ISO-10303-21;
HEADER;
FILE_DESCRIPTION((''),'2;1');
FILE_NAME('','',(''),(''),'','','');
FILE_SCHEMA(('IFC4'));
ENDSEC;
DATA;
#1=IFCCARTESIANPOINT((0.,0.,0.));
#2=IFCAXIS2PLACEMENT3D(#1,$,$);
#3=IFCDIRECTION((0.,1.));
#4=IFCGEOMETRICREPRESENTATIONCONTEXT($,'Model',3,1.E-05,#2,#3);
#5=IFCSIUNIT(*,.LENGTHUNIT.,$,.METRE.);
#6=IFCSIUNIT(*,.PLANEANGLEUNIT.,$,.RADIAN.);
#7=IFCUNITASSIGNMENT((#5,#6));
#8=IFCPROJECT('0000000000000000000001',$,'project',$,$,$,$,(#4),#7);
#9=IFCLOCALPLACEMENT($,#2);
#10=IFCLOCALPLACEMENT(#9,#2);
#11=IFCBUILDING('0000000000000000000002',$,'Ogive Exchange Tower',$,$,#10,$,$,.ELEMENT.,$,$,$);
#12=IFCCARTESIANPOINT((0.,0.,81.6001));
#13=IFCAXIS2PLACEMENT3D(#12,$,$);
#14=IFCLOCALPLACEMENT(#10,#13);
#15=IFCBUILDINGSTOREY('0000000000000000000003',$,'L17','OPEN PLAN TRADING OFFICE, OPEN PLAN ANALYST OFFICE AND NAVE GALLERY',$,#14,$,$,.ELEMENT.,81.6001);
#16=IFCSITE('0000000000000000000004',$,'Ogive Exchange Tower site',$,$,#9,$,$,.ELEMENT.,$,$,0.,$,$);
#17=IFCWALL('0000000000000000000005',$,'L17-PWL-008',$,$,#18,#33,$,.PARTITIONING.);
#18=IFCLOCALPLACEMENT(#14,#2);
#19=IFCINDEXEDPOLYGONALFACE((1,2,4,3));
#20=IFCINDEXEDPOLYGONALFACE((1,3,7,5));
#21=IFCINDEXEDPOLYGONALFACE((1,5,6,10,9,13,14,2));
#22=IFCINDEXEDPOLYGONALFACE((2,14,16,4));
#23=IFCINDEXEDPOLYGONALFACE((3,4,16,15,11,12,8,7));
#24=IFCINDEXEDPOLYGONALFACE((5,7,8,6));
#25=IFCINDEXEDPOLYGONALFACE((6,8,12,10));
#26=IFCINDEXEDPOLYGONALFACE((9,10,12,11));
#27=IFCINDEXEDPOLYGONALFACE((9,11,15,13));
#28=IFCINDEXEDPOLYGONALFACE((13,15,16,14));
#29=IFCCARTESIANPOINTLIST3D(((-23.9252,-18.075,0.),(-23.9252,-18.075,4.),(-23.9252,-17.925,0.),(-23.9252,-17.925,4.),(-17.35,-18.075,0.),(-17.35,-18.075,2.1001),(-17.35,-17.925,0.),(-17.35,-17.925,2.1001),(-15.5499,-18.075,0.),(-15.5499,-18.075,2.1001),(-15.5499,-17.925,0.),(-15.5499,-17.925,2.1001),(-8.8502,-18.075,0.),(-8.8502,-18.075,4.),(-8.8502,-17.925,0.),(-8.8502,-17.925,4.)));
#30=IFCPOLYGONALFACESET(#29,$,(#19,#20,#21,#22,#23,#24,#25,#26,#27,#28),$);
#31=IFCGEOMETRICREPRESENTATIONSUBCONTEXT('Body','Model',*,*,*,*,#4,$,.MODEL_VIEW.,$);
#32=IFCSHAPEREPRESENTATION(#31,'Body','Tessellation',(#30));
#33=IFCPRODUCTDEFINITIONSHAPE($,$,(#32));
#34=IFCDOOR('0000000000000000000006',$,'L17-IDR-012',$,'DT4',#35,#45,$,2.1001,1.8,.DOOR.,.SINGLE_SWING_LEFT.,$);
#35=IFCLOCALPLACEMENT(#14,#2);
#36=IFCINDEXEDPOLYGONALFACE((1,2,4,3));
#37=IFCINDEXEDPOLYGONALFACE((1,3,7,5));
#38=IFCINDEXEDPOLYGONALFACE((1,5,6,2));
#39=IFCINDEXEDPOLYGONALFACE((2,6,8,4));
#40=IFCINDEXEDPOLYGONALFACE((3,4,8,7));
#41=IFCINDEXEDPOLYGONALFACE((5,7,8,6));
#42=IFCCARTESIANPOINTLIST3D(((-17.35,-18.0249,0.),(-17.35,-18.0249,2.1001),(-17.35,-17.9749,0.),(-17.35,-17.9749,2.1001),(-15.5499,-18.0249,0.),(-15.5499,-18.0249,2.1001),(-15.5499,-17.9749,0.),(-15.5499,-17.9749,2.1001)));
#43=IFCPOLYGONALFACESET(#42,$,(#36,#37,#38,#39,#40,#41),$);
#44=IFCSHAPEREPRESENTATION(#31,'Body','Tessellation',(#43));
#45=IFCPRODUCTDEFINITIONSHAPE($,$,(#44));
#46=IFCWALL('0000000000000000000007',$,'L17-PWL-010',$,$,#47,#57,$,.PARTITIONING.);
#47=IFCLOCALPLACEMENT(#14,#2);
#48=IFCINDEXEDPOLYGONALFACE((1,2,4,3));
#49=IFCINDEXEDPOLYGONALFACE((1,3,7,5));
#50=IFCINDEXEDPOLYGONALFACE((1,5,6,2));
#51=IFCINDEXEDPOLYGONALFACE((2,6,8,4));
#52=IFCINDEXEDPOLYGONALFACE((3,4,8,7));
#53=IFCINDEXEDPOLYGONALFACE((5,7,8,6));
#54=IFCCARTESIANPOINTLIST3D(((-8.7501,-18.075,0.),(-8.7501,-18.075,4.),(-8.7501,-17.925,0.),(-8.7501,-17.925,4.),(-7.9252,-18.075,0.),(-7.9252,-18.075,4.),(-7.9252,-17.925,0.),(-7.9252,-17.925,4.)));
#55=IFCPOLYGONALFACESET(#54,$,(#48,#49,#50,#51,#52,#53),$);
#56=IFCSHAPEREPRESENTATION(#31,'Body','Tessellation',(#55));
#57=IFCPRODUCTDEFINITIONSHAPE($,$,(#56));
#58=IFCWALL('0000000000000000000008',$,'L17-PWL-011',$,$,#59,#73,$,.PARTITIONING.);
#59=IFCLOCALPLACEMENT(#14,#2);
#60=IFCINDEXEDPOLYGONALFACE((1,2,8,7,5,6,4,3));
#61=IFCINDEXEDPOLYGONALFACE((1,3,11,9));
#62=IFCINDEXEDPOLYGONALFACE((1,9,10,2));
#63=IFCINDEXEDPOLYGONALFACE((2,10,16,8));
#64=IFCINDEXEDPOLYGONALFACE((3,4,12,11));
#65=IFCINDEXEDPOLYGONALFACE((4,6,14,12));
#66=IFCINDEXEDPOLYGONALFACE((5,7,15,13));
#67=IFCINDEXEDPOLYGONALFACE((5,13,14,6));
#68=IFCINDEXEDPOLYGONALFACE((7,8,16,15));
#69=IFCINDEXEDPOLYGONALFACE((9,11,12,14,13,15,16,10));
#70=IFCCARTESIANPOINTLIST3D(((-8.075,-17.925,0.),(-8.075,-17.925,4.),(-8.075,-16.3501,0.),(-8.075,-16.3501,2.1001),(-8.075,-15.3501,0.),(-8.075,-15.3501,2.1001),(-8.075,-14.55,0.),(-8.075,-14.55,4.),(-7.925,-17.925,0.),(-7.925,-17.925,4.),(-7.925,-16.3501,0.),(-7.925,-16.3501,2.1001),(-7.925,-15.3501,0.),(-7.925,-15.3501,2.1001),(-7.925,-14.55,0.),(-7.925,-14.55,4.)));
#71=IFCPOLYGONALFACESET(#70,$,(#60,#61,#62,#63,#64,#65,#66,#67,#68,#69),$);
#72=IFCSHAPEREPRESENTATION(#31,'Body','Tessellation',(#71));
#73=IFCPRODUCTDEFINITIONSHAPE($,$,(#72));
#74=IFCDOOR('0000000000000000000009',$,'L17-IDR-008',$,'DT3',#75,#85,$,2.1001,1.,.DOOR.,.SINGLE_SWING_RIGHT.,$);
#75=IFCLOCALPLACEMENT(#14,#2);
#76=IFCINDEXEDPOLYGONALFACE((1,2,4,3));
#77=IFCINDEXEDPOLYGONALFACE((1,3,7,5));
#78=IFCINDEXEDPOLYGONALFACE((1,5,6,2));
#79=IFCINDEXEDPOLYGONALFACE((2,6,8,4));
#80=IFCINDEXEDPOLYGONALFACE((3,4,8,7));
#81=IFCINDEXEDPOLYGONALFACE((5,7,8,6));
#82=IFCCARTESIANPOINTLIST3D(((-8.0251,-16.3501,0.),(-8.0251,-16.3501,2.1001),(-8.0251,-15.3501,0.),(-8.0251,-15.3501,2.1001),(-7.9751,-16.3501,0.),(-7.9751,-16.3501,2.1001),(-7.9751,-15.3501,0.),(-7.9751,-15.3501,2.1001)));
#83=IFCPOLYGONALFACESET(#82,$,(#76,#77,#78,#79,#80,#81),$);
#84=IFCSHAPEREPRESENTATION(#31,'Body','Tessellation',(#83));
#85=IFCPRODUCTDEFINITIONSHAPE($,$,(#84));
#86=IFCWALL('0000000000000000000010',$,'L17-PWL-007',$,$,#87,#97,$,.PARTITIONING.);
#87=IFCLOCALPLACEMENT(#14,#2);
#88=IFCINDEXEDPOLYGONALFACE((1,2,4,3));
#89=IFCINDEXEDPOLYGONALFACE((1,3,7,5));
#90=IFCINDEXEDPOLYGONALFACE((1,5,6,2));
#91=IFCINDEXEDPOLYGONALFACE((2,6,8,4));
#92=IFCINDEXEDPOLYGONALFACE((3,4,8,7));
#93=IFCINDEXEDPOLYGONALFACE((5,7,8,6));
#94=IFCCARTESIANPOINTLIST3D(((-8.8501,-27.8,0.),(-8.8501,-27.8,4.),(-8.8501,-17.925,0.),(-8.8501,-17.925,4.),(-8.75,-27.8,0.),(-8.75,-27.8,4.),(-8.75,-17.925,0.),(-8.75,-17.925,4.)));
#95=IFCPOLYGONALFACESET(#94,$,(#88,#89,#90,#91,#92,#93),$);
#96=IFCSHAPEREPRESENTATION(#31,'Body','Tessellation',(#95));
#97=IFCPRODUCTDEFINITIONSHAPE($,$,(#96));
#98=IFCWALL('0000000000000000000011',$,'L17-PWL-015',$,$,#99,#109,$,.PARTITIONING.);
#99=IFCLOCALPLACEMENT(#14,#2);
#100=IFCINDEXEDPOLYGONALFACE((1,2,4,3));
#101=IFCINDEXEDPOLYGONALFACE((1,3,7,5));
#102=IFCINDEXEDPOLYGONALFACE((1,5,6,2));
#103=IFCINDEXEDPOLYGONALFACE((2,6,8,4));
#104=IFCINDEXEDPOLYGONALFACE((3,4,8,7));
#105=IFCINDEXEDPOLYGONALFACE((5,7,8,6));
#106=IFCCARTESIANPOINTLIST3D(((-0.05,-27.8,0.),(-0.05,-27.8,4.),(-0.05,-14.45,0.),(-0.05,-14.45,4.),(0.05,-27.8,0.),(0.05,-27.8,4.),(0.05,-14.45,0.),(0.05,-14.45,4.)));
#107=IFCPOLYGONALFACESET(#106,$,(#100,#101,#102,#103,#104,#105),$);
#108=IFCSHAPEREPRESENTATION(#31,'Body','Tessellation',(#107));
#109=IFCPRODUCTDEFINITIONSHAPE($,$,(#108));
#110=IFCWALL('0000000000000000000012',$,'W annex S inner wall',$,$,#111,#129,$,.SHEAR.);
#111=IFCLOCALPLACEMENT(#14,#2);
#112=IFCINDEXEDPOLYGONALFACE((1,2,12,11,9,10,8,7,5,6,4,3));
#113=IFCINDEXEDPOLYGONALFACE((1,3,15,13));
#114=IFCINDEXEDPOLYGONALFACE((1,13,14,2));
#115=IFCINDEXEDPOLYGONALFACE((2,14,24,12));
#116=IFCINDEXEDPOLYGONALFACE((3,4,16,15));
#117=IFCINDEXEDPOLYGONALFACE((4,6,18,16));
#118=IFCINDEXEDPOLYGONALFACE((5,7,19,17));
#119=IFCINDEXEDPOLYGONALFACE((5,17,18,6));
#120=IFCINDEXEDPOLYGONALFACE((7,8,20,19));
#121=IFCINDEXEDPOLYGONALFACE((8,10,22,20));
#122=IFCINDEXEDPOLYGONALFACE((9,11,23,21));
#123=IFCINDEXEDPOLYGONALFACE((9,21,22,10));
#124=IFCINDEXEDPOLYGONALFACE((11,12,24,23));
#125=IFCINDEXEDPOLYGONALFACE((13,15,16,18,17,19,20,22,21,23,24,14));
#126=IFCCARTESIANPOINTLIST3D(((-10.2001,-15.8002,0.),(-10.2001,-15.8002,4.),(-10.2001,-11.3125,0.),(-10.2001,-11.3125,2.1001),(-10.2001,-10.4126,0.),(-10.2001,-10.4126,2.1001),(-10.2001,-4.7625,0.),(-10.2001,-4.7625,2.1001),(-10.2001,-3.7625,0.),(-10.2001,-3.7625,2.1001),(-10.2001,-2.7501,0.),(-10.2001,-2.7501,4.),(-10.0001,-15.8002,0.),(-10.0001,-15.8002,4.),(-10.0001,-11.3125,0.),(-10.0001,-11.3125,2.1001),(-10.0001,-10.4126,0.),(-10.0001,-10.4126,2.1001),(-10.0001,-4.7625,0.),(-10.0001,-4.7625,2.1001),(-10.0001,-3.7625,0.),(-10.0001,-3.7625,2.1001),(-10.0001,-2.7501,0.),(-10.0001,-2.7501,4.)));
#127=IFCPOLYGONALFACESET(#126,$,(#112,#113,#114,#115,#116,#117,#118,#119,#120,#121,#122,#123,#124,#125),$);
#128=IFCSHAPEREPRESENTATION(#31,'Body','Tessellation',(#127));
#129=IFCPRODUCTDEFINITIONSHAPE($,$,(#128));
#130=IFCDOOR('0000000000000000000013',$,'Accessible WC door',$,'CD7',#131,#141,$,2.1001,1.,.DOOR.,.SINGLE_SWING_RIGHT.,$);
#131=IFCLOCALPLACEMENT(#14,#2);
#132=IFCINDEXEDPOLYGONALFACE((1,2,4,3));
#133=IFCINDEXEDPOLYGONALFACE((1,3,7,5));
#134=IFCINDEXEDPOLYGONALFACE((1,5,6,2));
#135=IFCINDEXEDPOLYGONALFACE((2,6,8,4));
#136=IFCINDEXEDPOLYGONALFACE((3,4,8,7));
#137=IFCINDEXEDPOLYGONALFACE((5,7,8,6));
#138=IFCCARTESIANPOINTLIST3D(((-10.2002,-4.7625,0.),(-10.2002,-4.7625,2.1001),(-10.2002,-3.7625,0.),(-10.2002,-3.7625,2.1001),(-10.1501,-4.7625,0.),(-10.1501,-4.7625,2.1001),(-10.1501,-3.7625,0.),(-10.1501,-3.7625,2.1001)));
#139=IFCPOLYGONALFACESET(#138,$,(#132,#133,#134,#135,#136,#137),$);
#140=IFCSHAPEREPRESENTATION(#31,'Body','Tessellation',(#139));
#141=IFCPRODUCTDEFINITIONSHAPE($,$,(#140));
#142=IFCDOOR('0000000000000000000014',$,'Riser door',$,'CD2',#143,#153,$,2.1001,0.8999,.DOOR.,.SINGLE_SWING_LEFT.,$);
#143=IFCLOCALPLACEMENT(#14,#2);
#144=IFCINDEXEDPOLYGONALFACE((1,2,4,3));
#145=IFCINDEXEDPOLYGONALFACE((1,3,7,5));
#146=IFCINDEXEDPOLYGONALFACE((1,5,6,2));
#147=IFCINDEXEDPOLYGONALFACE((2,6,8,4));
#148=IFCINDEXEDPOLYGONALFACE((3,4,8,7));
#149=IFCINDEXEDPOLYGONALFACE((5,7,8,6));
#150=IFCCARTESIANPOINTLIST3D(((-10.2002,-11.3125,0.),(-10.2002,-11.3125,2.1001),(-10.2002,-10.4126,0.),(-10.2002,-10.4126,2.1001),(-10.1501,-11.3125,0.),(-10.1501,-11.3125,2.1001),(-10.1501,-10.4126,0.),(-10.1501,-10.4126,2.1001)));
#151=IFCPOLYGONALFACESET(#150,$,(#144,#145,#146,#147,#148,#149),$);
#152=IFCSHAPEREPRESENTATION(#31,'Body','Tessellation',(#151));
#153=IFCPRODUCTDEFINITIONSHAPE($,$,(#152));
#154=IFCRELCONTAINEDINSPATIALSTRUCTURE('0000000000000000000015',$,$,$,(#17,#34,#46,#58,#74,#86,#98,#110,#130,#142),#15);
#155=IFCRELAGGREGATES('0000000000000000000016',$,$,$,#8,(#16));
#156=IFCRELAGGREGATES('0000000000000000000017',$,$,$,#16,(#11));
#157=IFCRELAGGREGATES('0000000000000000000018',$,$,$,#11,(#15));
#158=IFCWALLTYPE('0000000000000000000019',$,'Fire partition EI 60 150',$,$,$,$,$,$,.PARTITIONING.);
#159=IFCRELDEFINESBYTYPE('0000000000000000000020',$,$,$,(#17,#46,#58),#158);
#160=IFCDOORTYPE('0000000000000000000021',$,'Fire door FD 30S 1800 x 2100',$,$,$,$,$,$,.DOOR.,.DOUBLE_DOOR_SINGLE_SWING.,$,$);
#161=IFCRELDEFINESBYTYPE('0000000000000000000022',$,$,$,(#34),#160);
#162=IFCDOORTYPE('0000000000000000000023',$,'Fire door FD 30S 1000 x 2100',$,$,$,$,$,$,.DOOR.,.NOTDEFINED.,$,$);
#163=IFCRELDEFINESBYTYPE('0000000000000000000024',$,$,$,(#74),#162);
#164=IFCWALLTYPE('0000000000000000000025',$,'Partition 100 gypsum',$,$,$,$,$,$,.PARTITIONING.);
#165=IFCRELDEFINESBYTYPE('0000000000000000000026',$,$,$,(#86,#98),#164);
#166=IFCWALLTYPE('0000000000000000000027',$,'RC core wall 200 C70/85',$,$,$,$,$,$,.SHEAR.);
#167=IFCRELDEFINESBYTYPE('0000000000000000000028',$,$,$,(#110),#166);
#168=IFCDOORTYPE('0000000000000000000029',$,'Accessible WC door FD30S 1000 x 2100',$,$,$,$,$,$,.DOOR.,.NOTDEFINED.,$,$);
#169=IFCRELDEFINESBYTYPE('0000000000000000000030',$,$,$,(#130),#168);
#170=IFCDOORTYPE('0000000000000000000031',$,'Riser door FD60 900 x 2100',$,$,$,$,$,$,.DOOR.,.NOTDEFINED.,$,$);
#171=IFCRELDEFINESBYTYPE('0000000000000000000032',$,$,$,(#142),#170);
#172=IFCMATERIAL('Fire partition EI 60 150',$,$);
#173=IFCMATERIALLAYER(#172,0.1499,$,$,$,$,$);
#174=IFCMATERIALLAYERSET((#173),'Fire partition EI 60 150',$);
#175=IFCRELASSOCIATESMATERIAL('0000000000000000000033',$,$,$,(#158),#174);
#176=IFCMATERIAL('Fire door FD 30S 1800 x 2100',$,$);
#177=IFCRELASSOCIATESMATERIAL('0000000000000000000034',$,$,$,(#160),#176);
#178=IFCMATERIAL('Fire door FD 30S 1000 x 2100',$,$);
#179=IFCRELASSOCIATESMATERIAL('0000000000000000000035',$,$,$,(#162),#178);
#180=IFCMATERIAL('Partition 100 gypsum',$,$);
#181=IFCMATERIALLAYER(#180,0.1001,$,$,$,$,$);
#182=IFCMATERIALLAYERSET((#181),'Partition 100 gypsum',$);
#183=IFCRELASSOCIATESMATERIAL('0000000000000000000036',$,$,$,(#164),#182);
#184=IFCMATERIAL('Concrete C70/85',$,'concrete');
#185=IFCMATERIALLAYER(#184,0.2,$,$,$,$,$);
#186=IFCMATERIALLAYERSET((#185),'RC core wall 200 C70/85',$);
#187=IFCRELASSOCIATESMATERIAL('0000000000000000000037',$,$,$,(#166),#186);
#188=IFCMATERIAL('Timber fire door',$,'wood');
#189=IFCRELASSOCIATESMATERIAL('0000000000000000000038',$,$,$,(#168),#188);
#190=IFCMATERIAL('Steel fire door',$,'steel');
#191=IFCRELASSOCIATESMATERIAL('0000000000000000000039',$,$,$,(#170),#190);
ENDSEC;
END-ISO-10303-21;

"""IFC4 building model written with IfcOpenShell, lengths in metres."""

from ifc_helpers import new_model, si_unit, direction, frame, frame_2d, origin, place, context, subcontext, project, spatial, rectangle, extrude, material, layer, layer_set, type_object, element, fill, save


model = new_model("IFC4")

# Units and contexts
model_context = context("Model", 3, precision=1e-05, world=origin(), true_north=direction((0.0, 1.0)))
body_context = subcontext(model_context, "Body", "Model", "MODEL_VIEW")
ifc_project = project(units=[si_unit("LENGTHUNIT", "METRE"), si_unit("PLANEANGLEUNIT", "RADIAN")], contexts=[model_context])

# Site, building, storey
site_placement = place(None, origin())
site = spatial("IfcSite", under=ifc_project, at=site_placement, Name="Ogive Exchange Tower site", CompositionType="ELEMENT", RefElevation=0.0)
building_placement = place(site_placement, origin())
building = spatial("IfcBuilding", under=site, at=building_placement, Name="Ogive Exchange Tower", CompositionType="ELEMENT")
storey_placement = place(building_placement, frame((0.0, 0.0, 81.6001)))
storey = spatial("IfcBuildingStorey", under=building, at=storey_placement, Name="L17", Description="OPEN PLAN TRADING OFFICE, OPEN PLAN ANALYST OFFICE AND NAVE GALLERY", CompositionType="ELEMENT", Elevation=81.6001)

# Wall, opening, door
ifc_material_1 = material(Name="Fire partition EI 60 150")
ifc_layer_1 = layer(ifc_material_1, 0.1499)
ifc_layer_set_1 = layer_set([ifc_layer_1], Name="Fire partition EI 60 150")
wall_type_1 = type_object("IfcWallType", Name="Fire partition EI 60 150", PredefinedType="PARTITIONING", material=ifc_layer_set_1)
wall_1_placement = place(storey_placement, frame((-8.8501, -18.0, 0.0), z_axis=(0.0, 0.0, 1.0), x_axis=(-1.0, 0.0, 0.0)))
wall_1 = element("IfcWall", 1, at=wall_1_placement, inside=storey, type_object=wall_type_1, Name="L17-PWL-008", PredefinedType="PARTITIONING", context=body_context, shape_type="SweptSolid", body=[
    extrude(rectangle(XDim=15.075, YDim=0.1499, at=frame_2d((7.5376, 0.0))), origin(), (0.0, 0.0, 1.0), 4.0),
])
opening_1_placement = place(wall_1_placement, frame((6.7, 0.0, 0.0)))
opening_1 = element("IfcOpeningElement", 2, at=opening_1_placement, cuts=wall_1, PredefinedType="OPENING", context=body_context, shape_type="SweptSolid", body=[
    extrude(rectangle(XDim=1.8, YDim=2.1001, at=frame_2d((0.8999, 1.05))), frame((0.0, 0.085, 0.0), z_axis=(0.0, -1.0, 0.0), x_axis=(1.0, 0.0, 0.0)), (0.0, 0.0, 1.0), 0.1699),
])
ifc_material_2 = material(Name="Fire door FD 30S 1800 x 2100")
door_type_1 = type_object("IfcDoorType", Name="Fire door FD 30S 1800 x 2100", OperationType="DOUBLE_DOOR_SINGLE_SWING", PredefinedType="DOOR", material=ifc_material_2)
door_1_placement = place(opening_1_placement, origin())
door_1 = element("IfcDoor", 3, at=door_1_placement, inside=storey, type_object=door_type_1, Name="L17-IDR-012", ObjectType="DT4", OperationType="SINGLE_SWING_LEFT", OverallHeight=2.1001, OverallWidth=1.8, PredefinedType="DOOR", context=body_context, shape_type="SweptSolid", body=[
    extrude(rectangle(XDim=1.8, YDim=2.1001, at=frame_2d((0.8999, 1.05))), frame((0.0, 0.0249, 0.0), z_axis=(0.0, -1.0, 0.0), x_axis=(1.0, 0.0, 0.0)), (0.0, 0.0, 1.0), 0.05),
])
fill(opening_1, door_1)

# Wall
wall_2_placement = place(storey_placement, frame((-7.925, -18.0, 0.0), z_axis=(0.0, 0.0, 1.0), x_axis=(-1.0, 0.0, 0.0)))
element("IfcWall", 4, at=wall_2_placement, inside=storey, type_object=wall_type_1, Name="L17-PWL-010", PredefinedType="PARTITIONING", context=body_context, shape_type="SweptSolid", body=[
    extrude(rectangle(XDim=0.825, YDim=0.1499, at=frame_2d((0.4126, 0.0))), origin(), (0.0, 0.0, 1.0), 4.0),
])

# Wall, opening, door
wall_3_placement = place(storey_placement, frame((-8.0, -14.55, 0.0), z_axis=(0.0, 0.0, 1.0), x_axis=(0.0, -1.0, 0.0)))
wall_3 = element("IfcWall", 5, at=wall_3_placement, inside=storey, type_object=wall_type_1, Name="L17-PWL-011", PredefinedType="PARTITIONING", context=body_context, shape_type="SweptSolid", body=[
    extrude(rectangle(XDim=3.375, YDim=0.1499, at=frame_2d((1.6875, 0.0))), origin(), (0.0, 0.0, 1.0), 4.0),
])
opening_2_placement = place(wall_3_placement, frame((0.8, 0.0, 0.0)))
opening_2 = element("IfcOpeningElement", 6, at=opening_2_placement, cuts=wall_3, PredefinedType="OPENING", context=body_context, shape_type="SweptSolid", body=[
    extrude(rectangle(XDim=1.0, YDim=2.1001, at=frame_2d((0.5, 1.05))), frame((0.0, 0.085, 0.0), z_axis=(0.0, -1.0, 0.0), x_axis=(1.0, 0.0, 0.0)), (0.0, 0.0, 1.0), 0.1699),
])
ifc_material_3 = material(Name="Fire door FD 30S 1000 x 2100")
door_type_2 = type_object("IfcDoorType", Name="Fire door FD 30S 1000 x 2100", OperationType="NOTDEFINED", PredefinedType="DOOR", material=ifc_material_3)
door_2_placement = place(opening_2_placement, origin())
door_2 = element("IfcDoor", 7, at=door_2_placement, inside=storey, type_object=door_type_2, Name="L17-IDR-008", ObjectType="DT3", OperationType="SINGLE_SWING_RIGHT", OverallHeight=2.1001, OverallWidth=1.0, PredefinedType="DOOR", context=body_context, shape_type="SweptSolid", body=[
    extrude(rectangle(XDim=1.0, YDim=2.1001, at=frame_2d((0.5, 1.05))), frame((0.0, 0.0249, 0.0), z_axis=(0.0, -1.0, 0.0), x_axis=(1.0, 0.0, 0.0)), (0.0, 0.0, 1.0), 0.05),
])
fill(opening_2, door_2)

# Walls
ifc_material_4 = material(Name="Partition 100 gypsum")
ifc_layer_2 = layer(ifc_material_4, 0.1001)
ifc_layer_set_2 = layer_set([ifc_layer_2], Name="Partition 100 gypsum")
wall_type_2 = type_object("IfcWallType", Name="Partition 100 gypsum", PredefinedType="PARTITIONING", material=ifc_layer_set_2)
wall_4_placement = place(storey_placement, frame((-8.8, -27.8, 0.0), z_axis=(0.0, 0.0, 1.0), x_axis=(0.0, 1.0, 0.0)))
element("IfcWall", 8, at=wall_4_placement, inside=storey, type_object=wall_type_2, Name="L17-PWL-007", PredefinedType="PARTITIONING", context=body_context, shape_type="SweptSolid", body=[
    extrude(rectangle(XDim=9.875, YDim=0.1001, at=frame_2d((4.9375, 0.0))), origin(), (0.0, 0.0, 1.0), 4.0),
])
wall_5_placement = place(storey_placement, frame((0.0, -27.8, 0.0), z_axis=(0.0, 0.0, 1.0), x_axis=(0.0, 1.0, 0.0)))
element("IfcWall", 9, at=wall_5_placement, inside=storey, type_object=wall_type_2, Name="L17-PWL-015", PredefinedType="PARTITIONING", context=body_context, shape_type="SweptSolid", body=[
    extrude(rectangle(XDim=13.3501, YDim=0.1001, at=frame_2d((6.675, 0.0))), origin(), (0.0, 0.0, 1.0), 4.0),
])

# Wall, openings, doors
ifc_material_5 = material(Name="Concrete C70/85", Category="concrete")
ifc_layer_3 = layer(ifc_material_5, 0.2)
ifc_layer_set_3 = layer_set([ifc_layer_3], Name="RC core wall 200 C70/85")
wall_type_3 = type_object("IfcWallType", Name="RC core wall 200 C70/85", PredefinedType="SHEAR", material=ifc_layer_set_3)
wall_6_placement = place(storey_placement, frame((-10.1001, -15.8, 0.0), z_axis=(0.0, 0.0, 1.0), x_axis=(0.0, 1.0, 0.0)))
wall_6 = element("IfcWall", 10, at=wall_6_placement, inside=storey, type_object=wall_type_3, Name="W annex S inner wall", PredefinedType="SHEAR", context=body_context, shape_type="SweptSolid", body=[
    extrude(rectangle(XDim=13.05, YDim=0.2, at=frame_2d((6.5249, 0.0))), origin(), (0.0, 0.0, 1.0), 4.0),
])
opening_3_placement = place(wall_6_placement, frame((4.4875, 0.0, 0.0)))
opening_3 = element("IfcOpeningElement", 11, at=opening_3_placement, cuts=wall_6, PredefinedType="OPENING", context=body_context, shape_type="SweptSolid", body=[
    extrude(rectangle(XDim=0.8999, YDim=2.1001, at=frame_2d((0.45, 1.05))), frame((0.0, 0.1099, 0.0), z_axis=(0.0, -1.0, 0.0), x_axis=(1.0, 0.0, 0.0)), (0.0, 0.0, 1.0), 0.22),
])
opening_4_placement = place(wall_6_placement, frame((11.0376, 0.0, 0.0)))
opening_4 = element("IfcOpeningElement", 12, at=opening_4_placement, cuts=wall_6, PredefinedType="OPENING", context=body_context, shape_type="SweptSolid", body=[
    extrude(rectangle(XDim=1.0, YDim=2.1001, at=frame_2d((0.5, 1.05))), frame((0.0, 0.1099, 0.0), z_axis=(0.0, -1.0, 0.0), x_axis=(1.0, 0.0, 0.0)), (0.0, 0.0, 1.0), 0.22),
])
ifc_material_6 = material(Name="Timber fire door", Category="wood")
door_type_3 = type_object("IfcDoorType", Name="Accessible WC door FD30S 1000 x 2100", OperationType="NOTDEFINED", PredefinedType="DOOR", material=ifc_material_6)
door_3_placement = place(opening_4_placement, origin())
door_3 = element("IfcDoor", 13, at=door_3_placement, inside=storey, type_object=door_type_3, Name="Accessible WC door", ObjectType="CD7", OperationType="SINGLE_SWING_RIGHT", OverallHeight=2.1001, OverallWidth=1.0, PredefinedType="DOOR", context=body_context, shape_type="SweptSolid", body=[
    extrude(rectangle(XDim=1.0, YDim=2.1001, at=frame_2d((0.5, 1.05))), frame((0.0, 0.1001, 0.0), z_axis=(0.0, -1.0, 0.0), x_axis=(1.0, 0.0, 0.0)), (0.0, 0.0, 1.0), 0.05),
])
fill(opening_4, door_3)
ifc_material_7 = material(Name="Steel fire door", Category="steel")
door_type_4 = type_object("IfcDoorType", Name="Riser door FD60 900 x 2100", OperationType="NOTDEFINED", PredefinedType="DOOR", material=ifc_material_7)
door_4_placement = place(opening_3_placement, origin())
door_4 = element("IfcDoor", 14, at=door_4_placement, inside=storey, type_object=door_type_4, Name="Riser door", ObjectType="CD2", OperationType="SINGLE_SWING_LEFT", OverallHeight=2.1001, OverallWidth=0.8999, PredefinedType="DOOR", context=body_context, shape_type="SweptSolid", body=[
    extrude(rectangle(XDim=0.8999, YDim=2.1001, at=frame_2d((0.45, 1.05))), frame((0.0, 0.1001, 0.0), z_axis=(0.0, -1.0, 0.0), x_axis=(1.0, 0.0, 0.0)), (0.0, 0.0, 1.0), 0.05),
])
fill(opening_3, door_4)

save(model, "model.ifc")
